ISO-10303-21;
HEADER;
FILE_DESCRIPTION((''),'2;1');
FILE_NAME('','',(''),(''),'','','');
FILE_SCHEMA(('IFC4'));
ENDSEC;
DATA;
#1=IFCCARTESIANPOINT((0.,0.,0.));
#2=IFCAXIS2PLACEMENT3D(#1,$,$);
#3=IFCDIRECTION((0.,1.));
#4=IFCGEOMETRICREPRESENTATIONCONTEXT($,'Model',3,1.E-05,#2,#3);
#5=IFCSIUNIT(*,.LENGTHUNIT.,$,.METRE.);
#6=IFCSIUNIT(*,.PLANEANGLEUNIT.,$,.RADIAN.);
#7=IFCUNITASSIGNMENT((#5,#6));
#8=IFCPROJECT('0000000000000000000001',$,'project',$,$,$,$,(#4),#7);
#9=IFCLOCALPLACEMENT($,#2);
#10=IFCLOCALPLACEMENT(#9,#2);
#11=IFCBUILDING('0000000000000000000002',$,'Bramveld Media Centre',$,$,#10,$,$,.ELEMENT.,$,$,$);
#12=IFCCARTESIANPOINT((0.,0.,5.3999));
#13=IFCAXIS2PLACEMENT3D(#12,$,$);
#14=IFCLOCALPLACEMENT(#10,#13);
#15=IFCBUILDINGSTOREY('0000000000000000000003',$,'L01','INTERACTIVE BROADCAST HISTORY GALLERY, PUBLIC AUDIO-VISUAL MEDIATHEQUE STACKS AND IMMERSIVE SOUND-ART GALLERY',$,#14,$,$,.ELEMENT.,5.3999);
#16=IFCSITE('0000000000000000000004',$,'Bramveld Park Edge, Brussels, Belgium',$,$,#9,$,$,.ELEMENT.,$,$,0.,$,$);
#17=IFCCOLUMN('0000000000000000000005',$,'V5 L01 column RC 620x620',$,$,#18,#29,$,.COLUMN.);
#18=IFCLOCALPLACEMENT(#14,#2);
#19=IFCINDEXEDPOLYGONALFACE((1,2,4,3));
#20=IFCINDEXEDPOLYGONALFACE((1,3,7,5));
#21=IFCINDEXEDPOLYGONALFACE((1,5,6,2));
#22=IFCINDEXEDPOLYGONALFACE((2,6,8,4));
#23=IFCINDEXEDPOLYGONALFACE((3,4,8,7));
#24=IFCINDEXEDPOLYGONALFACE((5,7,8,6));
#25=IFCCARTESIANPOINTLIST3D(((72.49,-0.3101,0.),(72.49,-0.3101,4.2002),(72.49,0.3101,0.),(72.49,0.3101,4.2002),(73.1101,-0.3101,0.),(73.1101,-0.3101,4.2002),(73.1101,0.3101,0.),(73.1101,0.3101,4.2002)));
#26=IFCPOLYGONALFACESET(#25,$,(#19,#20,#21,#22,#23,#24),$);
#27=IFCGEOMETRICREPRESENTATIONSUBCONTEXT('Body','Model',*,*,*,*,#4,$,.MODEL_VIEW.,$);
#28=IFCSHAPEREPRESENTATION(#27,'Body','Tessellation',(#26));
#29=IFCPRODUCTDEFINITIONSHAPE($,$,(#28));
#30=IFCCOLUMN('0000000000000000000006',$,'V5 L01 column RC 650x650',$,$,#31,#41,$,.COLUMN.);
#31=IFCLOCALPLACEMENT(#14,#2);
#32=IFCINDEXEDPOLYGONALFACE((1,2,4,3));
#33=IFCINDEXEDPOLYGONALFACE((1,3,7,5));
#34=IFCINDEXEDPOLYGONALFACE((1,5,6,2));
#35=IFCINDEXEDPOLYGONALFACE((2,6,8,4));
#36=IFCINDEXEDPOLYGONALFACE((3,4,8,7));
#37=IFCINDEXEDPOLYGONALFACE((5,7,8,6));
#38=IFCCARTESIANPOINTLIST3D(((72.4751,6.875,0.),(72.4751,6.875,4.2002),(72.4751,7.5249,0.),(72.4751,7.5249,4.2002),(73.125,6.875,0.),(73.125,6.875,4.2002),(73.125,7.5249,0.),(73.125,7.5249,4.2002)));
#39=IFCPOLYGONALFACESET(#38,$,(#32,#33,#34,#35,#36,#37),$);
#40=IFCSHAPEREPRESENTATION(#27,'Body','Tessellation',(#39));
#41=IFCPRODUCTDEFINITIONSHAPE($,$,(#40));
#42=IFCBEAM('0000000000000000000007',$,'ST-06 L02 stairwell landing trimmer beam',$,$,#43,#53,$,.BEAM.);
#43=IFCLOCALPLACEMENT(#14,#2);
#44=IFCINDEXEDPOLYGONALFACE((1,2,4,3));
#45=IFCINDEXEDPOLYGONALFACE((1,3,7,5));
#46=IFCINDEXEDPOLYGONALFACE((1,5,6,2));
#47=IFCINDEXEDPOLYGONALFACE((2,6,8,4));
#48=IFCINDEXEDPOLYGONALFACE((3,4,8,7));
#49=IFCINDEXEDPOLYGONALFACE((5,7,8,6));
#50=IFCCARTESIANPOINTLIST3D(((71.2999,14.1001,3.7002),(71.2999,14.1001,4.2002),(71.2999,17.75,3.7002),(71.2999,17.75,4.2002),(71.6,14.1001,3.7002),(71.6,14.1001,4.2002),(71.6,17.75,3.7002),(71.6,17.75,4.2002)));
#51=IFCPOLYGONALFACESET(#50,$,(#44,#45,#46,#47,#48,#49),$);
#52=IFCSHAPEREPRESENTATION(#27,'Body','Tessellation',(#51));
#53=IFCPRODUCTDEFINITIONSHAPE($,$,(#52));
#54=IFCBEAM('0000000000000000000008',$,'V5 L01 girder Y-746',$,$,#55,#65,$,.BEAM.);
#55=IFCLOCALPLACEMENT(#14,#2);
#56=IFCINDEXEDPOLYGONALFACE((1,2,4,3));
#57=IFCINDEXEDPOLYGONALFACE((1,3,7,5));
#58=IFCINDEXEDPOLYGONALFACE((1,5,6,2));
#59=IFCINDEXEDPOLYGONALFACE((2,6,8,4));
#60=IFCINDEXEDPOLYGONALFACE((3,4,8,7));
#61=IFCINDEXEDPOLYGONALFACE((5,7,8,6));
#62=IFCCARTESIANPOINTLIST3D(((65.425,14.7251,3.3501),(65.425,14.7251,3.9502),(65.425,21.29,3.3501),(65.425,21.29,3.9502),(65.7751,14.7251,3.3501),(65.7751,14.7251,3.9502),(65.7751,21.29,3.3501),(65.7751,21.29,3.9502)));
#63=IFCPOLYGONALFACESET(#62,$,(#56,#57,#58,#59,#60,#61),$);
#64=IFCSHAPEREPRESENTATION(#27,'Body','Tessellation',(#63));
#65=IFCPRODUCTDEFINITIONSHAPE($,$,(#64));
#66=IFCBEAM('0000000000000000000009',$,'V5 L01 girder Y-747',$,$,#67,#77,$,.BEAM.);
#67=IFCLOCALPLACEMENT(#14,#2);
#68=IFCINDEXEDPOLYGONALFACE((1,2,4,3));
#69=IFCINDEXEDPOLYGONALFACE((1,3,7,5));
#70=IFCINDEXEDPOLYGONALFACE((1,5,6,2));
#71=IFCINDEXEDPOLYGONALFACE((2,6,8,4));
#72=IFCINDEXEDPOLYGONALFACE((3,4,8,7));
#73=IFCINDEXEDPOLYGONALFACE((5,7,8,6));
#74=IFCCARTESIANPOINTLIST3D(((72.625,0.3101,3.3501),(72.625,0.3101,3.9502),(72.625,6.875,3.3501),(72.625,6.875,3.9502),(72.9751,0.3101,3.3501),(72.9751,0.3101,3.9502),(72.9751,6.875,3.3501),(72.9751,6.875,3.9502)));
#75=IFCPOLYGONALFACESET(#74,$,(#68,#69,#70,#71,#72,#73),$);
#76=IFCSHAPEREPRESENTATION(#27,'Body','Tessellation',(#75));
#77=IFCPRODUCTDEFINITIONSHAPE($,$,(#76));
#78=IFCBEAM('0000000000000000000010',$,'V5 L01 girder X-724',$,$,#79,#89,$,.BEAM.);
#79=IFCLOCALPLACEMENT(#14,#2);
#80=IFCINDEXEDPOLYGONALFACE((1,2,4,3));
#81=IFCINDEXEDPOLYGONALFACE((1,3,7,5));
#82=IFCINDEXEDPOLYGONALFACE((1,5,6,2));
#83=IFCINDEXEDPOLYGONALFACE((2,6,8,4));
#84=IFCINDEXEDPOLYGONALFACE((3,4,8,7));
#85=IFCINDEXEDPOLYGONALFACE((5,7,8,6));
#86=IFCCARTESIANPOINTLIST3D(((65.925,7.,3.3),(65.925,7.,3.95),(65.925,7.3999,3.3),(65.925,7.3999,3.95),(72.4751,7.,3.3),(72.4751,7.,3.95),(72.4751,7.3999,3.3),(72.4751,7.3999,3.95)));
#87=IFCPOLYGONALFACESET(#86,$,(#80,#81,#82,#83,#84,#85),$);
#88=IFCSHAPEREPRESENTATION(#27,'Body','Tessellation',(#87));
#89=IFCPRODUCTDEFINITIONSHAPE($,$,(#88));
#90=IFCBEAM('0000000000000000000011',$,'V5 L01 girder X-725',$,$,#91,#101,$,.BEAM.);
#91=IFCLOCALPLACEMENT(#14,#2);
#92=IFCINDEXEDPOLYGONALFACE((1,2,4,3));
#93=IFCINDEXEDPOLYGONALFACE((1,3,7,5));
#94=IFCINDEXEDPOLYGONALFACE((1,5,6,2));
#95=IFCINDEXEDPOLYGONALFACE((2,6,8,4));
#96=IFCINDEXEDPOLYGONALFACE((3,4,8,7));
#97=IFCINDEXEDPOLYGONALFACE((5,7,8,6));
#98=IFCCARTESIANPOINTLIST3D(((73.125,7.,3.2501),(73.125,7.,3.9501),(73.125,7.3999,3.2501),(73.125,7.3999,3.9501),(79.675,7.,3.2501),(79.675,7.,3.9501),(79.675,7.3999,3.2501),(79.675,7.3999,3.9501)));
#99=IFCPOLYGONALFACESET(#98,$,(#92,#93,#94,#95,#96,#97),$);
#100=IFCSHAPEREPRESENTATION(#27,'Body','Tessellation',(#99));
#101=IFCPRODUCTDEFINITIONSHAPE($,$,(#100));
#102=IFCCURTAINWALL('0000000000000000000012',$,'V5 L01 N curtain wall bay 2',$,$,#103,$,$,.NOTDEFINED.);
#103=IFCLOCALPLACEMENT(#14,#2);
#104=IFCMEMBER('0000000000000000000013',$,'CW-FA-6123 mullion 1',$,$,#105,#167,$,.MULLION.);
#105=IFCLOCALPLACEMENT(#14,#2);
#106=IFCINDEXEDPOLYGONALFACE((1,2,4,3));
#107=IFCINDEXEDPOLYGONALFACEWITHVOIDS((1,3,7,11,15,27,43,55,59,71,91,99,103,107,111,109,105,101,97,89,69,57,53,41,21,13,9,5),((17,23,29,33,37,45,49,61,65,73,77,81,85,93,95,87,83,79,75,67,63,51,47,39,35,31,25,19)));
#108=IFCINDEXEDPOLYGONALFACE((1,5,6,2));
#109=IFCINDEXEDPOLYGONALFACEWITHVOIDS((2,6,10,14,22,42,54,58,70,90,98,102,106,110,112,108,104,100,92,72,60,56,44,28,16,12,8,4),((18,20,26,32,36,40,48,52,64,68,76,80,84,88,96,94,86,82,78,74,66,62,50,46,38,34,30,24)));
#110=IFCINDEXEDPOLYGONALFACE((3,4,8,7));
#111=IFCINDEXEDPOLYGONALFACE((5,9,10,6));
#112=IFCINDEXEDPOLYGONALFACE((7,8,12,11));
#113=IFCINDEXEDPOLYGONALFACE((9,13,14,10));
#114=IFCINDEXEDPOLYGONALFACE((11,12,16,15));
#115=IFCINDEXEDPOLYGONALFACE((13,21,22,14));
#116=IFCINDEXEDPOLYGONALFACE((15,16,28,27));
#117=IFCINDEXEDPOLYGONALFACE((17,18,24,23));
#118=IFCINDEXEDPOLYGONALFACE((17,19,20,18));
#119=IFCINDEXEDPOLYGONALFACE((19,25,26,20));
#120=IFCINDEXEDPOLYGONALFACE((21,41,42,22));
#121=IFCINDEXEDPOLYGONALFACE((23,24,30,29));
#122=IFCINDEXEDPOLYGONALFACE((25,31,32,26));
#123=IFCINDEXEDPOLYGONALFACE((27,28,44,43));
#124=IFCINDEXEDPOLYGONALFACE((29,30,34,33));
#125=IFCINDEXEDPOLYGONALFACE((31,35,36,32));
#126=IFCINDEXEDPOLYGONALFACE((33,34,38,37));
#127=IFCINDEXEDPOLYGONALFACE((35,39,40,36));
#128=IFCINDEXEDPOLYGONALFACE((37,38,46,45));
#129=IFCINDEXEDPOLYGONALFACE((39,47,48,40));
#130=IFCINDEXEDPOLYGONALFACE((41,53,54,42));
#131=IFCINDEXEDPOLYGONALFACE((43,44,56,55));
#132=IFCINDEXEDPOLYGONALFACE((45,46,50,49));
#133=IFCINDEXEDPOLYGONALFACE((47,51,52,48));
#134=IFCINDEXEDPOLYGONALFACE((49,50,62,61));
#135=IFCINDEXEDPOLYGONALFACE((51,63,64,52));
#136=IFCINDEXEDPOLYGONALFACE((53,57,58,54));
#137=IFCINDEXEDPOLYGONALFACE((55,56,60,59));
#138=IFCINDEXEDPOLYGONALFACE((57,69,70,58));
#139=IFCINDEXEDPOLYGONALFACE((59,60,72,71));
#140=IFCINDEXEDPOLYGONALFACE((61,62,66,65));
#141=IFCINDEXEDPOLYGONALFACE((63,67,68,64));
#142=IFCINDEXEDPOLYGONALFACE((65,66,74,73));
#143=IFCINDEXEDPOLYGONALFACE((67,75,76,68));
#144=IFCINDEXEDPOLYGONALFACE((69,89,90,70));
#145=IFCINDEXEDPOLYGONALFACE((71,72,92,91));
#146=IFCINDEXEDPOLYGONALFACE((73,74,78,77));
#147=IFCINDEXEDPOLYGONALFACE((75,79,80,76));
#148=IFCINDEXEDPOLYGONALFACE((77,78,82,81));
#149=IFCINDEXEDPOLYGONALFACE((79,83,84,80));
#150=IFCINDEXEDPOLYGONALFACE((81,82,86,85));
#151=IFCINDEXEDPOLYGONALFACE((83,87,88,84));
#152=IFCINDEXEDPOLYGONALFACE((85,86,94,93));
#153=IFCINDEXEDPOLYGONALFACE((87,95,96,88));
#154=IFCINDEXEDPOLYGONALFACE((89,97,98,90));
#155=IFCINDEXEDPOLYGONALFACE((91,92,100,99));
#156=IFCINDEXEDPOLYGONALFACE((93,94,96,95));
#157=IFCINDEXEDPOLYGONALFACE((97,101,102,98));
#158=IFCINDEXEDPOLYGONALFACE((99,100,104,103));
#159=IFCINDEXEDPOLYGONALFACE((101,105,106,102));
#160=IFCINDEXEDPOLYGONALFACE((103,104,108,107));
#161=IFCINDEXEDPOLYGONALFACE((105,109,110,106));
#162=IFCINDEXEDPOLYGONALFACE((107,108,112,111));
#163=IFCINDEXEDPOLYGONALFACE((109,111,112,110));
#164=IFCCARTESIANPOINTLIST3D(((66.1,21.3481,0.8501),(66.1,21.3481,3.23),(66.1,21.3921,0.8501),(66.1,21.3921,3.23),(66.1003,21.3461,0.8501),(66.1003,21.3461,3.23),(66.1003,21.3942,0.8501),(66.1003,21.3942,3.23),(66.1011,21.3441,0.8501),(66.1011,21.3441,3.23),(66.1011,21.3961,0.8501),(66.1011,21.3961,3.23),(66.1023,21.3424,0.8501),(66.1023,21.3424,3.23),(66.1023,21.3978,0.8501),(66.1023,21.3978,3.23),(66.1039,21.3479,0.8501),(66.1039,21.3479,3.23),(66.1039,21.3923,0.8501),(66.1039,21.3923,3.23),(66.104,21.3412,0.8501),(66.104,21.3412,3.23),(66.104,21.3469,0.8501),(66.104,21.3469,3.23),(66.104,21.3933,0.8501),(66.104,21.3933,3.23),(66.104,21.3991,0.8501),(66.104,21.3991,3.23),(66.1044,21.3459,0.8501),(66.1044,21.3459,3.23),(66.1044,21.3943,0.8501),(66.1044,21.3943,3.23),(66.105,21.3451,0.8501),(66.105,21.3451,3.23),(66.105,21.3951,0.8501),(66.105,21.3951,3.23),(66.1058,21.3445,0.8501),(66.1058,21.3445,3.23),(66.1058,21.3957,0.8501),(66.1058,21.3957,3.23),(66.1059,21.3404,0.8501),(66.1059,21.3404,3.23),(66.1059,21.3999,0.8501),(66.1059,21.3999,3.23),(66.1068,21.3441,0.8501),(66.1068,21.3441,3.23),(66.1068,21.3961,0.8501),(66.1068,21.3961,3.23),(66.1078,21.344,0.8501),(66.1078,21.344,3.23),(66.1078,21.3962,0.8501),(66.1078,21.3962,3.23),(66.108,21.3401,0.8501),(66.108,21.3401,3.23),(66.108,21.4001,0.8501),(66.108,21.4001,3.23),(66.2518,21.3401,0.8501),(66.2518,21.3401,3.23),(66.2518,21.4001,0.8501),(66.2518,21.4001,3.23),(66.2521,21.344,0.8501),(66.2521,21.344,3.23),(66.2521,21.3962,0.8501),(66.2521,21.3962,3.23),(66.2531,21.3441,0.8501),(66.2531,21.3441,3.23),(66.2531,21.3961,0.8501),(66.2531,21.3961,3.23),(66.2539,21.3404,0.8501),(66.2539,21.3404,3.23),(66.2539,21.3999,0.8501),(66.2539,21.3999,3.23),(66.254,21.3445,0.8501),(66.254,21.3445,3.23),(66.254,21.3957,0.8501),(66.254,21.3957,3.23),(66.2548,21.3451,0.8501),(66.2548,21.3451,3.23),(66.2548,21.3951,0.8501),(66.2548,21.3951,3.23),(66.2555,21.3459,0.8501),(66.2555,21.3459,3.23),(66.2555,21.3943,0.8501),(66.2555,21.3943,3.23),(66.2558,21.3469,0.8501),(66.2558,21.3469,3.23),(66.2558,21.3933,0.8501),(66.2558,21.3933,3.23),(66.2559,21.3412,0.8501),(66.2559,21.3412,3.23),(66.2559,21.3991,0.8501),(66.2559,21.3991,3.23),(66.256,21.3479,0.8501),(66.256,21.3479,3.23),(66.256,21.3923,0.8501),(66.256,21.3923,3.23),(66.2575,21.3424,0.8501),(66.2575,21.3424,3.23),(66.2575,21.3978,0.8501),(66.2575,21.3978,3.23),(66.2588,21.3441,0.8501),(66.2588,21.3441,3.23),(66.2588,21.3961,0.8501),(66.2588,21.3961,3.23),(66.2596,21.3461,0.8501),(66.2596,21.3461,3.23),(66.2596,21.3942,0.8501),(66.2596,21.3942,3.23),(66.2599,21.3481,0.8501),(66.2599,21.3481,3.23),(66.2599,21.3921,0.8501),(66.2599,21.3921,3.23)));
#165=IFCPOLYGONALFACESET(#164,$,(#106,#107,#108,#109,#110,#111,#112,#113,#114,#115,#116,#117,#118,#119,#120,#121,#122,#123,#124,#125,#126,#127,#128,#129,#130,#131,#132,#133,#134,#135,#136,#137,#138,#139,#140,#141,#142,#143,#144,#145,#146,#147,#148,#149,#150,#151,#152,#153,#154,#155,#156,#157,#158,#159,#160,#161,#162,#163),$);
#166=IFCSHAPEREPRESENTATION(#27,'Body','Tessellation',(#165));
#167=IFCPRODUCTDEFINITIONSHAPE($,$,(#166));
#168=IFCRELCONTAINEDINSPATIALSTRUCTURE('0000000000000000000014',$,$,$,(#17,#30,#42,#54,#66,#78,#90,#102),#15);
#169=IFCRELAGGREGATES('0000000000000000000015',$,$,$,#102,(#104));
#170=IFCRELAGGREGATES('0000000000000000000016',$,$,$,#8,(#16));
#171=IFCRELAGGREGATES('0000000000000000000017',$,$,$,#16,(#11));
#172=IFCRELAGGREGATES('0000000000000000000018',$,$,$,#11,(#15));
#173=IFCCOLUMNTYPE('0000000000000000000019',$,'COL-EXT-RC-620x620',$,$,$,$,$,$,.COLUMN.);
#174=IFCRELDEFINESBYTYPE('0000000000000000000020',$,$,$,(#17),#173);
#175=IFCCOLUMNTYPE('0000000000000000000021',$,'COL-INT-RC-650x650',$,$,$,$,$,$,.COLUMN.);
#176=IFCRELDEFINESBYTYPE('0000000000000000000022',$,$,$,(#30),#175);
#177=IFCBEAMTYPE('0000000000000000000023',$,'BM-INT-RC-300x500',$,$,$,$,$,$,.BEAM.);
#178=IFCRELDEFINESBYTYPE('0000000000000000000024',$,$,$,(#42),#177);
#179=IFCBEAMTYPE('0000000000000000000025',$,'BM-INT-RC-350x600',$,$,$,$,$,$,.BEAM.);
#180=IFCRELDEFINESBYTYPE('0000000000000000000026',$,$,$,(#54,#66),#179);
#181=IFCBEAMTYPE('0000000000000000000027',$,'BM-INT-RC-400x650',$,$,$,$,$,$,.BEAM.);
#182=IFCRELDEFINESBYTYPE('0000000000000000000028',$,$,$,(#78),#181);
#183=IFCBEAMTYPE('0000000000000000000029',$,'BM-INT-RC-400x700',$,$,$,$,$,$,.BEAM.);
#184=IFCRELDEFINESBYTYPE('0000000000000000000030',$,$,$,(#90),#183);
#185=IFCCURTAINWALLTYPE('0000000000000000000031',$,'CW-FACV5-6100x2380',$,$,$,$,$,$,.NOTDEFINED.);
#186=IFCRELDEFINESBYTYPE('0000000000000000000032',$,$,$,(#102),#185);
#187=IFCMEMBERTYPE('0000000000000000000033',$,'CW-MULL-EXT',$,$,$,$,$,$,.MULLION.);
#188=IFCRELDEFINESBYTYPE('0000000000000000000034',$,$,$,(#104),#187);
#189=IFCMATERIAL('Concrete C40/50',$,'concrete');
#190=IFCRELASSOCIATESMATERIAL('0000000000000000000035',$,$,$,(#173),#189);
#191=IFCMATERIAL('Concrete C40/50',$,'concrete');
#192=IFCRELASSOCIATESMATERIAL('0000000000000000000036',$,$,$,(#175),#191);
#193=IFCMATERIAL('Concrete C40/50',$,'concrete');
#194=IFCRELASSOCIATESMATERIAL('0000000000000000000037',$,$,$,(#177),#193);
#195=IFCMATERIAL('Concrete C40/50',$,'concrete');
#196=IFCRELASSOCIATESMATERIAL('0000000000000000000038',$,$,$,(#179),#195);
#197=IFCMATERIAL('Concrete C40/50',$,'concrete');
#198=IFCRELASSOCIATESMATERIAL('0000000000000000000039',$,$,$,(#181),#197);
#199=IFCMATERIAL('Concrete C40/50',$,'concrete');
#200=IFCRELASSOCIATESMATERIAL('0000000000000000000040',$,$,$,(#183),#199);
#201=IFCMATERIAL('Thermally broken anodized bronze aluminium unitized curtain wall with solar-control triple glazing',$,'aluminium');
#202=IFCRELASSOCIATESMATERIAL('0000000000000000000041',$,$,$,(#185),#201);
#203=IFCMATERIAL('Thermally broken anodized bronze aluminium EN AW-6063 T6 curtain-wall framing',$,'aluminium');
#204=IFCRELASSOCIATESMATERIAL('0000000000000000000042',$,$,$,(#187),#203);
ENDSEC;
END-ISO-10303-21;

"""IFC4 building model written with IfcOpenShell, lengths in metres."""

from ifc_helpers import new_model, si_unit, direction, frame, origin, origin_2d, place, context, subcontext, project, spatial, rectangle, hollow_rectangle, extrude, material, material_profile, profile_set, type_object, element, aggregate, save


model = new_model("IFC4")

# Units and contexts
model_context = context("Model", 3, precision=1e-05, world=origin(), true_north=direction((0.0, 1.0)))
body_context = subcontext(model_context, "Body", "Model", "MODEL_VIEW")
ifc_project = project(units=[si_unit("LENGTHUNIT", "METRE"), si_unit("PLANEANGLEUNIT", "RADIAN")], contexts=[model_context])

# Site, building, storey
site_placement = place(None, origin())
site = spatial("IfcSite", under=ifc_project, at=site_placement, Name="Bramveld Park Edge, Brussels, Belgium", CompositionType="ELEMENT", RefElevation=0.0)
building_placement = place(site_placement, origin())
building = spatial("IfcBuilding", under=site, at=building_placement, Name="Bramveld Media Centre", CompositionType="ELEMENT")
storey_placement = place(building_placement, frame((0.0, 0.0, 5.3999)))
storey = spatial("IfcBuildingStorey", under=building, at=storey_placement, Name="L01", Description="INTERACTIVE BROADCAST HISTORY GALLERY, PUBLIC AUDIO-VISUAL MEDIATHEQUE STACKS AND IMMERSIVE SOUND-ART GALLERY", CompositionType="ELEMENT", Elevation=5.3999)

# Columns
ifc_material_1 = material(Name="Concrete C40/50", Category="concrete")
ifc_material_profile_1 = material_profile(ifc_material_1, rectangle(XDim=0.6201, YDim=0.6201, at=origin_2d()), Name="RC 620x620")
ifc_profile_set_1 = profile_set([ifc_material_profile_1], Name="Concrete C40/50")
column_type_1 = type_object("IfcColumnType", Name="COL-EXT-RC-620x620", PredefinedType="COLUMN", material=ifc_profile_set_1)
column_1_placement = place(storey_placement, frame((72.8, 0.0, 0.0), z_axis=(0.0, 0.0, 1.0), x_axis=(1.0, 0.0, 0.0)))
element("IfcColumn", 1, at=column_1_placement, inside=storey, type_object=column_type_1, Name="V5 L01 column RC 620x620", PredefinedType="COLUMN", context=body_context, shape_type="SweptSolid", body=[
    extrude(rectangle(XDim=0.6201, YDim=0.6201, at=origin_2d()), origin(), (0.0, 0.0, 1.0), 4.2002),
])
ifc_material_2 = material(Name="Concrete C40/50", Category="concrete")
ifc_material_profile_2 = material_profile(ifc_material_2, rectangle(XDim=0.6499, YDim=0.6499, at=origin_2d()), Name="RC 650x650")
ifc_profile_set_2 = profile_set([ifc_material_profile_2], Name="Concrete C40/50")
column_type_2 = type_object("IfcColumnType", Name="COL-INT-RC-650x650", PredefinedType="COLUMN", material=ifc_profile_set_2)
column_2_placement = place(storey_placement, frame((72.8, 7.2, 0.0), z_axis=(0.0, 0.0, 1.0), x_axis=(1.0, 0.0, 0.0)))
element("IfcColumn", 2, at=column_2_placement, inside=storey, type_object=column_type_2, Name="V5 L01 column RC 650x650", PredefinedType="COLUMN", context=body_context, shape_type="SweptSolid", body=[
    extrude(rectangle(XDim=0.6499, YDim=0.6499, at=origin_2d()), origin(), (0.0, 0.0, 1.0), 4.2002),
])

# Beams
ifc_material_3 = material(Name="Concrete C40/50", Category="concrete")
ifc_material_profile_3 = material_profile(ifc_material_3, rectangle(XDim=0.3, YDim=0.5, at=origin_2d()), Name="RC 300x500")
ifc_profile_set_3 = profile_set([ifc_material_profile_3], Name="Concrete C40/50")
beam_type_1 = type_object("IfcBeamType", Name="BM-INT-RC-300x500", PredefinedType="BEAM", material=ifc_profile_set_3)
beam_1_placement = place(storey_placement, frame((71.45, 14.1001, 3.9502), z_axis=(0.0, 1.0, 0.0), x_axis=(-1.0, 0.0, 0.0)))
element("IfcBeam", 3, at=beam_1_placement, inside=storey, type_object=beam_type_1, Name="ST-06 L02 stairwell landing trimmer beam", PredefinedType="BEAM", context=body_context, shape_type="SweptSolid", body=[
    extrude(rectangle(XDim=0.3, YDim=0.5, at=origin_2d()), origin(), (0.0, 0.0, 1.0), 3.6499),
])
ifc_material_4 = material(Name="Concrete C40/50", Category="concrete")
ifc_material_profile_4 = material_profile(ifc_material_4, rectangle(XDim=0.3501, YDim=0.6001, at=origin_2d()), Name="RC 350x600")
ifc_profile_set_4 = profile_set([ifc_material_profile_4], Name="Concrete C40/50")
beam_type_2 = type_object("IfcBeamType", Name="BM-INT-RC-350x600", PredefinedType="BEAM", material=ifc_profile_set_4)
for number, where, z_axis, x_axis, name in (
    (4, (65.6001, 14.7251, 3.6501), (0.0, 1.0, 0.0), (-1.0, 0.0, 0.0), "V5 L01 girder Y-746"),
    (5, (72.8, 0.3101, 3.6501), (0.0, 1.0, 0.0), (-1.0, 0.0, 0.0), "V5 L01 girder Y-747"),
):
    element("IfcBeam", number, at=place(storey_placement, frame(where, z_axis=z_axis, x_axis=x_axis)), inside=storey, type_object=beam_type_2, Name=name, PredefinedType="BEAM", context=body_context, shape_type="SweptSolid", body=[
        extrude(rectangle(XDim=0.3501, YDim=0.6001, at=origin_2d()), origin(), (0.0, 0.0, 1.0), 6.5649),
    ])
ifc_material_5 = material(Name="Concrete C40/50", Category="concrete")
ifc_material_profile_5 = material_profile(ifc_material_5, rectangle(XDim=0.3999, YDim=0.6499, at=origin_2d()), Name="RC 400x650")
ifc_profile_set_5 = profile_set([ifc_material_profile_5], Name="Concrete C40/50")
beam_type_3 = type_object("IfcBeamType", Name="BM-INT-RC-400x650", PredefinedType="BEAM", material=ifc_profile_set_5)
beam_2_placement = place(storey_placement, frame((65.925, 7.2, 3.625), z_axis=(1.0, 0.0, 0.0), x_axis=(0.0, 1.0, 0.0)))
element("IfcBeam", 6, at=beam_2_placement, inside=storey, type_object=beam_type_3, Name="V5 L01 girder X-724", PredefinedType="BEAM", context=body_context, shape_type="SweptSolid", body=[
    extrude(rectangle(XDim=0.3999, YDim=0.6499, at=origin_2d()), origin(), (0.0, 0.0, 1.0), 6.55),
])
ifc_material_6 = material(Name="Concrete C40/50", Category="concrete")
ifc_material_profile_6 = material_profile(ifc_material_6, rectangle(XDim=0.3999, YDim=0.7, at=origin_2d()), Name="RC 400x700")
ifc_profile_set_6 = profile_set([ifc_material_profile_6], Name="Concrete C40/50")
beam_type_4 = type_object("IfcBeamType", Name="BM-INT-RC-400x700", PredefinedType="BEAM", material=ifc_profile_set_6)
beam_3_placement = place(storey_placement, frame((73.125, 7.2, 3.6001), z_axis=(1.0, 0.0, 0.0), x_axis=(0.0, 1.0, 0.0)))
element("IfcBeam", 7, at=beam_3_placement, inside=storey, type_object=beam_type_4, Name="V5 L01 girder X-725", PredefinedType="BEAM", context=body_context, shape_type="SweptSolid", body=[
    extrude(rectangle(XDim=0.3999, YDim=0.7, at=origin_2d()), origin(), (0.0, 0.0, 1.0), 6.55),
])

# Curtain wall, member
ifc_material_7 = material(Name="Thermally broken anodized bronze aluminium unitized curtain wall with solar-control triple glazing", Category="aluminium")
curtain_wall_type = type_object("IfcCurtainWallType", Name="CW-FACV5-6100x2380", PredefinedType="NOTDEFINED", material=ifc_material_7)
curtain_wall_placement = place(storey_placement, origin())
curtain_wall = element("IfcCurtainWall", 8, at=curtain_wall_placement, inside=storey, type_object=curtain_wall_type, Name="V5 L01 N curtain wall bay 2", PredefinedType="NOTDEFINED")
ifc_material_8 = material(Name="Thermally broken anodized bronze aluminium EN AW-6063 T6 curtain-wall framing", Category="aluminium")
ifc_material_profile_7 = material_profile(ifc_material_8, hollow_rectangle(XDim=0.0601, YDim=0.1599, WallThickness=0.0039, InnerFilletRadius=0.0039, OuterFilletRadius=0.0081, at=origin_2d()), Name="AL-MULL 60x160")
ifc_profile_set_7 = profile_set([ifc_material_profile_7], Name="Thermally broken anodized bronze aluminium EN AW-6063 T6 curtain-wall framing")
member_type = type_object("IfcMemberType", Name="CW-MULL-EXT", PredefinedType="MULLION", material=ifc_profile_set_7)
member_placement = place(storey_placement, frame((66.1799, 21.3701, 0.8501), z_axis=(0.0, 0.0, 1.0), x_axis=(0.0, 1.0, 0.0)))
member = element("IfcMember", 9, at=member_placement, type_object=member_type, Name="CW-FA-6123 mullion 1", PredefinedType="MULLION", context=body_context, shape_type="SweptSolid", body=[
    extrude(hollow_rectangle(XDim=0.0601, YDim=0.1599, WallThickness=0.0039, InnerFilletRadius=0.0039, OuterFilletRadius=0.0081, at=origin_2d()), origin(), (0.0, 0.0, 1.0), 2.3799),
])
aggregate(curtain_wall, [member])

save(model, "model.ifc")
